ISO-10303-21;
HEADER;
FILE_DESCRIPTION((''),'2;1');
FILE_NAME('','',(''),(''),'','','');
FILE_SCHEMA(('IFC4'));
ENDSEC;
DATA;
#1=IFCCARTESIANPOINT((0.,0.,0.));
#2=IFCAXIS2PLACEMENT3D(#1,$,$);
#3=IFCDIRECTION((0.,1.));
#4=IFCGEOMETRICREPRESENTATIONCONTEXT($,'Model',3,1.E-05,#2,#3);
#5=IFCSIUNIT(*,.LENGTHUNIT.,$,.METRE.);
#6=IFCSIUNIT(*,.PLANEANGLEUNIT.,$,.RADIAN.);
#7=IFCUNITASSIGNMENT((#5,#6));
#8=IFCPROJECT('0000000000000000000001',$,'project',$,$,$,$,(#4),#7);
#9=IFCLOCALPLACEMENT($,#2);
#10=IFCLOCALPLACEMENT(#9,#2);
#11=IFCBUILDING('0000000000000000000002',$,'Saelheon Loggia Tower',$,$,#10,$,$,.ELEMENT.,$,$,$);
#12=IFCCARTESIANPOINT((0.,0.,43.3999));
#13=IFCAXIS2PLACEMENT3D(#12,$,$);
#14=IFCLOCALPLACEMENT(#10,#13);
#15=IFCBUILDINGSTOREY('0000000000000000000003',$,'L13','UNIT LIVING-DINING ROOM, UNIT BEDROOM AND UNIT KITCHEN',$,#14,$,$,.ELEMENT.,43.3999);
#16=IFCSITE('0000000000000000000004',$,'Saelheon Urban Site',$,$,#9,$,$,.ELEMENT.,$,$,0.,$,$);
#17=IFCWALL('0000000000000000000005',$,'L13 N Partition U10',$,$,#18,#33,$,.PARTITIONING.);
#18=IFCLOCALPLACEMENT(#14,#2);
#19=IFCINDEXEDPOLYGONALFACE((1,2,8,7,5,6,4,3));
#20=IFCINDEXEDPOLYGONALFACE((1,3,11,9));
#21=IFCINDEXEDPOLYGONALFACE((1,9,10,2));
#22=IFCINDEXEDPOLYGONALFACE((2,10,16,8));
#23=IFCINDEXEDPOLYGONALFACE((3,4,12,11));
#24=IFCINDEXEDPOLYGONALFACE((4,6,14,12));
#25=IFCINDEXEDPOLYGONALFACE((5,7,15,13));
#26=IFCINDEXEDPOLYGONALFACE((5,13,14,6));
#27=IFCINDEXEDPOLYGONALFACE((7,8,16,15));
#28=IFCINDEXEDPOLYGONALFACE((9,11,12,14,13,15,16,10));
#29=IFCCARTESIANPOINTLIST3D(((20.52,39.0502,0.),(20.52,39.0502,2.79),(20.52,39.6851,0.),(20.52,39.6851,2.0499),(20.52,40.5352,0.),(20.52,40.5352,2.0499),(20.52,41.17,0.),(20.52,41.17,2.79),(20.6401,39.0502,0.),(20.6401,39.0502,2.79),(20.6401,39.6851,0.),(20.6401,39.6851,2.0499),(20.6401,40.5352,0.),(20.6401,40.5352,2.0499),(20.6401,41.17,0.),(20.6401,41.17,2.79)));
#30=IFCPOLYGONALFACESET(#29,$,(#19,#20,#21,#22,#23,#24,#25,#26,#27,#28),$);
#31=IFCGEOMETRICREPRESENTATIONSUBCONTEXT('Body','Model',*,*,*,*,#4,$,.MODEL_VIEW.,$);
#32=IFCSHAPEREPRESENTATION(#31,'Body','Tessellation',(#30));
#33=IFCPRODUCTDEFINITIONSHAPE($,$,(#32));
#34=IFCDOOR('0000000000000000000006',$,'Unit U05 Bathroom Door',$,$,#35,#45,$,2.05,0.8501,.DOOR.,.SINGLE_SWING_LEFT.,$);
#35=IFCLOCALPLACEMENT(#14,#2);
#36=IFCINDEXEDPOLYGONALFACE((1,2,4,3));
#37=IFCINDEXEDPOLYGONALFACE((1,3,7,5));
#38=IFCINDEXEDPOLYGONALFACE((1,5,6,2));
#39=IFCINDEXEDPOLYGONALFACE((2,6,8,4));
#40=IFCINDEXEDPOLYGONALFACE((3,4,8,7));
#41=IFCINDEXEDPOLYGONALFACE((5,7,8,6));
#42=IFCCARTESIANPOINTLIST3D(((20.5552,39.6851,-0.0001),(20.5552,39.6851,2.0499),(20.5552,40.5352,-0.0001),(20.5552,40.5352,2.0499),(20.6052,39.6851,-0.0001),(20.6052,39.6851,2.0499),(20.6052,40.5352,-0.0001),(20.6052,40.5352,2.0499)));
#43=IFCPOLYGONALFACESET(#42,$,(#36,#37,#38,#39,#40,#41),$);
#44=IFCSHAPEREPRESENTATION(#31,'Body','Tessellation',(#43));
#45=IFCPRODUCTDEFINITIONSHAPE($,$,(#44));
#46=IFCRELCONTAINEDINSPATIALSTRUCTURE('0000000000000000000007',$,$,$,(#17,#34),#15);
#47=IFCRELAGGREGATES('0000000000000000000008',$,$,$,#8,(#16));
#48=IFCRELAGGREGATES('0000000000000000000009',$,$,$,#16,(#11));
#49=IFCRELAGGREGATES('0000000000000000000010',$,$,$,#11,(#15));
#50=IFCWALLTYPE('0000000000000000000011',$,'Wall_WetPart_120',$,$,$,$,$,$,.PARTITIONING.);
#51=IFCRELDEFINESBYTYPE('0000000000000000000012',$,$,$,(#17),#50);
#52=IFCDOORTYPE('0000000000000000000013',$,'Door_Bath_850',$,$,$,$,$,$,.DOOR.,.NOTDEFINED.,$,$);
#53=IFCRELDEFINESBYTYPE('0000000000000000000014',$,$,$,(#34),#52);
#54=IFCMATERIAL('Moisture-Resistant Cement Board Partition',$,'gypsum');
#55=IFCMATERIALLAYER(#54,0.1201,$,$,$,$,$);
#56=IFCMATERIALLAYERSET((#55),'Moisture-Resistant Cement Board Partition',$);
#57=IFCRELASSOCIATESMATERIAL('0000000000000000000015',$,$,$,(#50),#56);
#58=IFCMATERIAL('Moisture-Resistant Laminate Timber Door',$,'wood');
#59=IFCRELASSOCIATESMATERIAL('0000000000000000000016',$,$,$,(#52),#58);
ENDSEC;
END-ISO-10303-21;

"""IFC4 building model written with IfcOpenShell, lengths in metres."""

from ifc_helpers import new_model, si_unit, direction, frame, frame_2d, origin, place, context, subcontext, project, spatial, rectangle, extrude, source, transform, mapped, material, layer, layer_set, type_object, element, fill, save


model = new_model("IFC4")

# Units and contexts
model_context = context("Model", 3, precision=1e-05, world=origin(), true_north=direction((0.0, 1.0)))
body_context = subcontext(model_context, "Body", "Model", "MODEL_VIEW")
ifc_project = project(units=[si_unit("LENGTHUNIT", "METRE"), si_unit("PLANEANGLEUNIT", "RADIAN")], contexts=[model_context])

# Site, building, storey
site_placement = place(None, origin())
site = spatial("IfcSite", under=ifc_project, at=site_placement, Name="Saelheon Urban Site", CompositionType="ELEMENT", RefElevation=0.0)
building_placement = place(site_placement, origin())
building = spatial("IfcBuilding", under=site, at=building_placement, Name="Saelheon Loggia Tower", CompositionType="ELEMENT")
storey_placement = place(building_placement, frame((0.0, 0.0, 43.3999)))
storey = spatial("IfcBuildingStorey", under=building, at=storey_placement, Name="L13", Description="UNIT LIVING-DINING ROOM, UNIT BEDROOM AND UNIT KITCHEN", CompositionType="ELEMENT", Elevation=43.3999)

# Wall, opening, door
ifc_material_1 = material(Name="Moisture-Resistant Cement Board Partition", Category="gypsum")
ifc_layer_1 = layer(ifc_material_1, 0.1201)
ifc_layer_set_1 = layer_set([ifc_layer_1], Name="Moisture-Resistant Cement Board Partition")
wall_type_1 = type_object("IfcWallType", Name="Wall_WetPart_120", PredefinedType="PARTITIONING", material=ifc_layer_set_1)
wall_1_placement = place(storey_placement, frame((20.5801, 39.05, 0.0), z_axis=(0.0, 0.0, 1.0), x_axis=(0.0, 1.0, 0.0)))
wall_1 = element("IfcWall", 1, at=wall_1_placement, inside=storey, type_object=wall_type_1, Name="L13 N Partition U10", PredefinedType="PARTITIONING", context=body_context, shape_type="SweptSolid", body=[
    extrude(rectangle(XDim=2.1199, YDim=0.1201, at=frame_2d((1.0601, 0.0))), origin(), (0.0, 0.0, 1.0), 2.79),
])
opening_1_placement = place(wall_1_placement, frame((0.635, 0.0, 0.0)))
opening_1 = element("IfcOpeningElement", 2, at=opening_1_placement, cuts=wall_1, PredefinedType="OPENING", context=body_context, shape_type="SweptSolid", body=[
    extrude(rectangle(XDim=0.8501, YDim=2.05, at=frame_2d((0.425, 1.0249))), frame((0.0, 0.072, 0.0), z_axis=(0.0, -1.0, 0.0), x_axis=(1.0, 0.0, 0.0)), (0.0, 0.0, 1.0), 0.144),
])
ifc_material_2 = material(Name="Moisture-Resistant Laminate Timber Door", Category="wood")
door_type_1 = type_object("IfcDoorType", Name="Door_Bath_850", OperationType="NOTDEFINED", PredefinedType="DOOR", material=ifc_material_2)
shared_shape_1 = source(origin(), body_context, "Body", "SweptSolid", [
    extrude(rectangle(XDim=0.8501, YDim=2.05, at=frame_2d((0.425, 1.0249))), frame((0.0, 0.0249, 0.0), z_axis=(0.0, -1.0, 0.0), x_axis=(1.0, 0.0, 0.0)), (0.0, 0.0, 1.0), 0.05),
])
door_1_placement = place(opening_1_placement, origin())
door_1 = element("IfcDoor", 3, at=door_1_placement, inside=storey, type_object=door_type_1, Name="Unit U05 Bathroom Door", OperationType="SINGLE_SWING_LEFT", OverallHeight=2.05, OverallWidth=0.8501, PredefinedType="DOOR", context=body_context, shape_type="MappedRepresentation", body=[
    mapped(shared_shape_1, transform((0.0, 0.0, 0.0), scale=1.0)),
])
fill(opening_1, door_1)

save(model, "model.ifc")
